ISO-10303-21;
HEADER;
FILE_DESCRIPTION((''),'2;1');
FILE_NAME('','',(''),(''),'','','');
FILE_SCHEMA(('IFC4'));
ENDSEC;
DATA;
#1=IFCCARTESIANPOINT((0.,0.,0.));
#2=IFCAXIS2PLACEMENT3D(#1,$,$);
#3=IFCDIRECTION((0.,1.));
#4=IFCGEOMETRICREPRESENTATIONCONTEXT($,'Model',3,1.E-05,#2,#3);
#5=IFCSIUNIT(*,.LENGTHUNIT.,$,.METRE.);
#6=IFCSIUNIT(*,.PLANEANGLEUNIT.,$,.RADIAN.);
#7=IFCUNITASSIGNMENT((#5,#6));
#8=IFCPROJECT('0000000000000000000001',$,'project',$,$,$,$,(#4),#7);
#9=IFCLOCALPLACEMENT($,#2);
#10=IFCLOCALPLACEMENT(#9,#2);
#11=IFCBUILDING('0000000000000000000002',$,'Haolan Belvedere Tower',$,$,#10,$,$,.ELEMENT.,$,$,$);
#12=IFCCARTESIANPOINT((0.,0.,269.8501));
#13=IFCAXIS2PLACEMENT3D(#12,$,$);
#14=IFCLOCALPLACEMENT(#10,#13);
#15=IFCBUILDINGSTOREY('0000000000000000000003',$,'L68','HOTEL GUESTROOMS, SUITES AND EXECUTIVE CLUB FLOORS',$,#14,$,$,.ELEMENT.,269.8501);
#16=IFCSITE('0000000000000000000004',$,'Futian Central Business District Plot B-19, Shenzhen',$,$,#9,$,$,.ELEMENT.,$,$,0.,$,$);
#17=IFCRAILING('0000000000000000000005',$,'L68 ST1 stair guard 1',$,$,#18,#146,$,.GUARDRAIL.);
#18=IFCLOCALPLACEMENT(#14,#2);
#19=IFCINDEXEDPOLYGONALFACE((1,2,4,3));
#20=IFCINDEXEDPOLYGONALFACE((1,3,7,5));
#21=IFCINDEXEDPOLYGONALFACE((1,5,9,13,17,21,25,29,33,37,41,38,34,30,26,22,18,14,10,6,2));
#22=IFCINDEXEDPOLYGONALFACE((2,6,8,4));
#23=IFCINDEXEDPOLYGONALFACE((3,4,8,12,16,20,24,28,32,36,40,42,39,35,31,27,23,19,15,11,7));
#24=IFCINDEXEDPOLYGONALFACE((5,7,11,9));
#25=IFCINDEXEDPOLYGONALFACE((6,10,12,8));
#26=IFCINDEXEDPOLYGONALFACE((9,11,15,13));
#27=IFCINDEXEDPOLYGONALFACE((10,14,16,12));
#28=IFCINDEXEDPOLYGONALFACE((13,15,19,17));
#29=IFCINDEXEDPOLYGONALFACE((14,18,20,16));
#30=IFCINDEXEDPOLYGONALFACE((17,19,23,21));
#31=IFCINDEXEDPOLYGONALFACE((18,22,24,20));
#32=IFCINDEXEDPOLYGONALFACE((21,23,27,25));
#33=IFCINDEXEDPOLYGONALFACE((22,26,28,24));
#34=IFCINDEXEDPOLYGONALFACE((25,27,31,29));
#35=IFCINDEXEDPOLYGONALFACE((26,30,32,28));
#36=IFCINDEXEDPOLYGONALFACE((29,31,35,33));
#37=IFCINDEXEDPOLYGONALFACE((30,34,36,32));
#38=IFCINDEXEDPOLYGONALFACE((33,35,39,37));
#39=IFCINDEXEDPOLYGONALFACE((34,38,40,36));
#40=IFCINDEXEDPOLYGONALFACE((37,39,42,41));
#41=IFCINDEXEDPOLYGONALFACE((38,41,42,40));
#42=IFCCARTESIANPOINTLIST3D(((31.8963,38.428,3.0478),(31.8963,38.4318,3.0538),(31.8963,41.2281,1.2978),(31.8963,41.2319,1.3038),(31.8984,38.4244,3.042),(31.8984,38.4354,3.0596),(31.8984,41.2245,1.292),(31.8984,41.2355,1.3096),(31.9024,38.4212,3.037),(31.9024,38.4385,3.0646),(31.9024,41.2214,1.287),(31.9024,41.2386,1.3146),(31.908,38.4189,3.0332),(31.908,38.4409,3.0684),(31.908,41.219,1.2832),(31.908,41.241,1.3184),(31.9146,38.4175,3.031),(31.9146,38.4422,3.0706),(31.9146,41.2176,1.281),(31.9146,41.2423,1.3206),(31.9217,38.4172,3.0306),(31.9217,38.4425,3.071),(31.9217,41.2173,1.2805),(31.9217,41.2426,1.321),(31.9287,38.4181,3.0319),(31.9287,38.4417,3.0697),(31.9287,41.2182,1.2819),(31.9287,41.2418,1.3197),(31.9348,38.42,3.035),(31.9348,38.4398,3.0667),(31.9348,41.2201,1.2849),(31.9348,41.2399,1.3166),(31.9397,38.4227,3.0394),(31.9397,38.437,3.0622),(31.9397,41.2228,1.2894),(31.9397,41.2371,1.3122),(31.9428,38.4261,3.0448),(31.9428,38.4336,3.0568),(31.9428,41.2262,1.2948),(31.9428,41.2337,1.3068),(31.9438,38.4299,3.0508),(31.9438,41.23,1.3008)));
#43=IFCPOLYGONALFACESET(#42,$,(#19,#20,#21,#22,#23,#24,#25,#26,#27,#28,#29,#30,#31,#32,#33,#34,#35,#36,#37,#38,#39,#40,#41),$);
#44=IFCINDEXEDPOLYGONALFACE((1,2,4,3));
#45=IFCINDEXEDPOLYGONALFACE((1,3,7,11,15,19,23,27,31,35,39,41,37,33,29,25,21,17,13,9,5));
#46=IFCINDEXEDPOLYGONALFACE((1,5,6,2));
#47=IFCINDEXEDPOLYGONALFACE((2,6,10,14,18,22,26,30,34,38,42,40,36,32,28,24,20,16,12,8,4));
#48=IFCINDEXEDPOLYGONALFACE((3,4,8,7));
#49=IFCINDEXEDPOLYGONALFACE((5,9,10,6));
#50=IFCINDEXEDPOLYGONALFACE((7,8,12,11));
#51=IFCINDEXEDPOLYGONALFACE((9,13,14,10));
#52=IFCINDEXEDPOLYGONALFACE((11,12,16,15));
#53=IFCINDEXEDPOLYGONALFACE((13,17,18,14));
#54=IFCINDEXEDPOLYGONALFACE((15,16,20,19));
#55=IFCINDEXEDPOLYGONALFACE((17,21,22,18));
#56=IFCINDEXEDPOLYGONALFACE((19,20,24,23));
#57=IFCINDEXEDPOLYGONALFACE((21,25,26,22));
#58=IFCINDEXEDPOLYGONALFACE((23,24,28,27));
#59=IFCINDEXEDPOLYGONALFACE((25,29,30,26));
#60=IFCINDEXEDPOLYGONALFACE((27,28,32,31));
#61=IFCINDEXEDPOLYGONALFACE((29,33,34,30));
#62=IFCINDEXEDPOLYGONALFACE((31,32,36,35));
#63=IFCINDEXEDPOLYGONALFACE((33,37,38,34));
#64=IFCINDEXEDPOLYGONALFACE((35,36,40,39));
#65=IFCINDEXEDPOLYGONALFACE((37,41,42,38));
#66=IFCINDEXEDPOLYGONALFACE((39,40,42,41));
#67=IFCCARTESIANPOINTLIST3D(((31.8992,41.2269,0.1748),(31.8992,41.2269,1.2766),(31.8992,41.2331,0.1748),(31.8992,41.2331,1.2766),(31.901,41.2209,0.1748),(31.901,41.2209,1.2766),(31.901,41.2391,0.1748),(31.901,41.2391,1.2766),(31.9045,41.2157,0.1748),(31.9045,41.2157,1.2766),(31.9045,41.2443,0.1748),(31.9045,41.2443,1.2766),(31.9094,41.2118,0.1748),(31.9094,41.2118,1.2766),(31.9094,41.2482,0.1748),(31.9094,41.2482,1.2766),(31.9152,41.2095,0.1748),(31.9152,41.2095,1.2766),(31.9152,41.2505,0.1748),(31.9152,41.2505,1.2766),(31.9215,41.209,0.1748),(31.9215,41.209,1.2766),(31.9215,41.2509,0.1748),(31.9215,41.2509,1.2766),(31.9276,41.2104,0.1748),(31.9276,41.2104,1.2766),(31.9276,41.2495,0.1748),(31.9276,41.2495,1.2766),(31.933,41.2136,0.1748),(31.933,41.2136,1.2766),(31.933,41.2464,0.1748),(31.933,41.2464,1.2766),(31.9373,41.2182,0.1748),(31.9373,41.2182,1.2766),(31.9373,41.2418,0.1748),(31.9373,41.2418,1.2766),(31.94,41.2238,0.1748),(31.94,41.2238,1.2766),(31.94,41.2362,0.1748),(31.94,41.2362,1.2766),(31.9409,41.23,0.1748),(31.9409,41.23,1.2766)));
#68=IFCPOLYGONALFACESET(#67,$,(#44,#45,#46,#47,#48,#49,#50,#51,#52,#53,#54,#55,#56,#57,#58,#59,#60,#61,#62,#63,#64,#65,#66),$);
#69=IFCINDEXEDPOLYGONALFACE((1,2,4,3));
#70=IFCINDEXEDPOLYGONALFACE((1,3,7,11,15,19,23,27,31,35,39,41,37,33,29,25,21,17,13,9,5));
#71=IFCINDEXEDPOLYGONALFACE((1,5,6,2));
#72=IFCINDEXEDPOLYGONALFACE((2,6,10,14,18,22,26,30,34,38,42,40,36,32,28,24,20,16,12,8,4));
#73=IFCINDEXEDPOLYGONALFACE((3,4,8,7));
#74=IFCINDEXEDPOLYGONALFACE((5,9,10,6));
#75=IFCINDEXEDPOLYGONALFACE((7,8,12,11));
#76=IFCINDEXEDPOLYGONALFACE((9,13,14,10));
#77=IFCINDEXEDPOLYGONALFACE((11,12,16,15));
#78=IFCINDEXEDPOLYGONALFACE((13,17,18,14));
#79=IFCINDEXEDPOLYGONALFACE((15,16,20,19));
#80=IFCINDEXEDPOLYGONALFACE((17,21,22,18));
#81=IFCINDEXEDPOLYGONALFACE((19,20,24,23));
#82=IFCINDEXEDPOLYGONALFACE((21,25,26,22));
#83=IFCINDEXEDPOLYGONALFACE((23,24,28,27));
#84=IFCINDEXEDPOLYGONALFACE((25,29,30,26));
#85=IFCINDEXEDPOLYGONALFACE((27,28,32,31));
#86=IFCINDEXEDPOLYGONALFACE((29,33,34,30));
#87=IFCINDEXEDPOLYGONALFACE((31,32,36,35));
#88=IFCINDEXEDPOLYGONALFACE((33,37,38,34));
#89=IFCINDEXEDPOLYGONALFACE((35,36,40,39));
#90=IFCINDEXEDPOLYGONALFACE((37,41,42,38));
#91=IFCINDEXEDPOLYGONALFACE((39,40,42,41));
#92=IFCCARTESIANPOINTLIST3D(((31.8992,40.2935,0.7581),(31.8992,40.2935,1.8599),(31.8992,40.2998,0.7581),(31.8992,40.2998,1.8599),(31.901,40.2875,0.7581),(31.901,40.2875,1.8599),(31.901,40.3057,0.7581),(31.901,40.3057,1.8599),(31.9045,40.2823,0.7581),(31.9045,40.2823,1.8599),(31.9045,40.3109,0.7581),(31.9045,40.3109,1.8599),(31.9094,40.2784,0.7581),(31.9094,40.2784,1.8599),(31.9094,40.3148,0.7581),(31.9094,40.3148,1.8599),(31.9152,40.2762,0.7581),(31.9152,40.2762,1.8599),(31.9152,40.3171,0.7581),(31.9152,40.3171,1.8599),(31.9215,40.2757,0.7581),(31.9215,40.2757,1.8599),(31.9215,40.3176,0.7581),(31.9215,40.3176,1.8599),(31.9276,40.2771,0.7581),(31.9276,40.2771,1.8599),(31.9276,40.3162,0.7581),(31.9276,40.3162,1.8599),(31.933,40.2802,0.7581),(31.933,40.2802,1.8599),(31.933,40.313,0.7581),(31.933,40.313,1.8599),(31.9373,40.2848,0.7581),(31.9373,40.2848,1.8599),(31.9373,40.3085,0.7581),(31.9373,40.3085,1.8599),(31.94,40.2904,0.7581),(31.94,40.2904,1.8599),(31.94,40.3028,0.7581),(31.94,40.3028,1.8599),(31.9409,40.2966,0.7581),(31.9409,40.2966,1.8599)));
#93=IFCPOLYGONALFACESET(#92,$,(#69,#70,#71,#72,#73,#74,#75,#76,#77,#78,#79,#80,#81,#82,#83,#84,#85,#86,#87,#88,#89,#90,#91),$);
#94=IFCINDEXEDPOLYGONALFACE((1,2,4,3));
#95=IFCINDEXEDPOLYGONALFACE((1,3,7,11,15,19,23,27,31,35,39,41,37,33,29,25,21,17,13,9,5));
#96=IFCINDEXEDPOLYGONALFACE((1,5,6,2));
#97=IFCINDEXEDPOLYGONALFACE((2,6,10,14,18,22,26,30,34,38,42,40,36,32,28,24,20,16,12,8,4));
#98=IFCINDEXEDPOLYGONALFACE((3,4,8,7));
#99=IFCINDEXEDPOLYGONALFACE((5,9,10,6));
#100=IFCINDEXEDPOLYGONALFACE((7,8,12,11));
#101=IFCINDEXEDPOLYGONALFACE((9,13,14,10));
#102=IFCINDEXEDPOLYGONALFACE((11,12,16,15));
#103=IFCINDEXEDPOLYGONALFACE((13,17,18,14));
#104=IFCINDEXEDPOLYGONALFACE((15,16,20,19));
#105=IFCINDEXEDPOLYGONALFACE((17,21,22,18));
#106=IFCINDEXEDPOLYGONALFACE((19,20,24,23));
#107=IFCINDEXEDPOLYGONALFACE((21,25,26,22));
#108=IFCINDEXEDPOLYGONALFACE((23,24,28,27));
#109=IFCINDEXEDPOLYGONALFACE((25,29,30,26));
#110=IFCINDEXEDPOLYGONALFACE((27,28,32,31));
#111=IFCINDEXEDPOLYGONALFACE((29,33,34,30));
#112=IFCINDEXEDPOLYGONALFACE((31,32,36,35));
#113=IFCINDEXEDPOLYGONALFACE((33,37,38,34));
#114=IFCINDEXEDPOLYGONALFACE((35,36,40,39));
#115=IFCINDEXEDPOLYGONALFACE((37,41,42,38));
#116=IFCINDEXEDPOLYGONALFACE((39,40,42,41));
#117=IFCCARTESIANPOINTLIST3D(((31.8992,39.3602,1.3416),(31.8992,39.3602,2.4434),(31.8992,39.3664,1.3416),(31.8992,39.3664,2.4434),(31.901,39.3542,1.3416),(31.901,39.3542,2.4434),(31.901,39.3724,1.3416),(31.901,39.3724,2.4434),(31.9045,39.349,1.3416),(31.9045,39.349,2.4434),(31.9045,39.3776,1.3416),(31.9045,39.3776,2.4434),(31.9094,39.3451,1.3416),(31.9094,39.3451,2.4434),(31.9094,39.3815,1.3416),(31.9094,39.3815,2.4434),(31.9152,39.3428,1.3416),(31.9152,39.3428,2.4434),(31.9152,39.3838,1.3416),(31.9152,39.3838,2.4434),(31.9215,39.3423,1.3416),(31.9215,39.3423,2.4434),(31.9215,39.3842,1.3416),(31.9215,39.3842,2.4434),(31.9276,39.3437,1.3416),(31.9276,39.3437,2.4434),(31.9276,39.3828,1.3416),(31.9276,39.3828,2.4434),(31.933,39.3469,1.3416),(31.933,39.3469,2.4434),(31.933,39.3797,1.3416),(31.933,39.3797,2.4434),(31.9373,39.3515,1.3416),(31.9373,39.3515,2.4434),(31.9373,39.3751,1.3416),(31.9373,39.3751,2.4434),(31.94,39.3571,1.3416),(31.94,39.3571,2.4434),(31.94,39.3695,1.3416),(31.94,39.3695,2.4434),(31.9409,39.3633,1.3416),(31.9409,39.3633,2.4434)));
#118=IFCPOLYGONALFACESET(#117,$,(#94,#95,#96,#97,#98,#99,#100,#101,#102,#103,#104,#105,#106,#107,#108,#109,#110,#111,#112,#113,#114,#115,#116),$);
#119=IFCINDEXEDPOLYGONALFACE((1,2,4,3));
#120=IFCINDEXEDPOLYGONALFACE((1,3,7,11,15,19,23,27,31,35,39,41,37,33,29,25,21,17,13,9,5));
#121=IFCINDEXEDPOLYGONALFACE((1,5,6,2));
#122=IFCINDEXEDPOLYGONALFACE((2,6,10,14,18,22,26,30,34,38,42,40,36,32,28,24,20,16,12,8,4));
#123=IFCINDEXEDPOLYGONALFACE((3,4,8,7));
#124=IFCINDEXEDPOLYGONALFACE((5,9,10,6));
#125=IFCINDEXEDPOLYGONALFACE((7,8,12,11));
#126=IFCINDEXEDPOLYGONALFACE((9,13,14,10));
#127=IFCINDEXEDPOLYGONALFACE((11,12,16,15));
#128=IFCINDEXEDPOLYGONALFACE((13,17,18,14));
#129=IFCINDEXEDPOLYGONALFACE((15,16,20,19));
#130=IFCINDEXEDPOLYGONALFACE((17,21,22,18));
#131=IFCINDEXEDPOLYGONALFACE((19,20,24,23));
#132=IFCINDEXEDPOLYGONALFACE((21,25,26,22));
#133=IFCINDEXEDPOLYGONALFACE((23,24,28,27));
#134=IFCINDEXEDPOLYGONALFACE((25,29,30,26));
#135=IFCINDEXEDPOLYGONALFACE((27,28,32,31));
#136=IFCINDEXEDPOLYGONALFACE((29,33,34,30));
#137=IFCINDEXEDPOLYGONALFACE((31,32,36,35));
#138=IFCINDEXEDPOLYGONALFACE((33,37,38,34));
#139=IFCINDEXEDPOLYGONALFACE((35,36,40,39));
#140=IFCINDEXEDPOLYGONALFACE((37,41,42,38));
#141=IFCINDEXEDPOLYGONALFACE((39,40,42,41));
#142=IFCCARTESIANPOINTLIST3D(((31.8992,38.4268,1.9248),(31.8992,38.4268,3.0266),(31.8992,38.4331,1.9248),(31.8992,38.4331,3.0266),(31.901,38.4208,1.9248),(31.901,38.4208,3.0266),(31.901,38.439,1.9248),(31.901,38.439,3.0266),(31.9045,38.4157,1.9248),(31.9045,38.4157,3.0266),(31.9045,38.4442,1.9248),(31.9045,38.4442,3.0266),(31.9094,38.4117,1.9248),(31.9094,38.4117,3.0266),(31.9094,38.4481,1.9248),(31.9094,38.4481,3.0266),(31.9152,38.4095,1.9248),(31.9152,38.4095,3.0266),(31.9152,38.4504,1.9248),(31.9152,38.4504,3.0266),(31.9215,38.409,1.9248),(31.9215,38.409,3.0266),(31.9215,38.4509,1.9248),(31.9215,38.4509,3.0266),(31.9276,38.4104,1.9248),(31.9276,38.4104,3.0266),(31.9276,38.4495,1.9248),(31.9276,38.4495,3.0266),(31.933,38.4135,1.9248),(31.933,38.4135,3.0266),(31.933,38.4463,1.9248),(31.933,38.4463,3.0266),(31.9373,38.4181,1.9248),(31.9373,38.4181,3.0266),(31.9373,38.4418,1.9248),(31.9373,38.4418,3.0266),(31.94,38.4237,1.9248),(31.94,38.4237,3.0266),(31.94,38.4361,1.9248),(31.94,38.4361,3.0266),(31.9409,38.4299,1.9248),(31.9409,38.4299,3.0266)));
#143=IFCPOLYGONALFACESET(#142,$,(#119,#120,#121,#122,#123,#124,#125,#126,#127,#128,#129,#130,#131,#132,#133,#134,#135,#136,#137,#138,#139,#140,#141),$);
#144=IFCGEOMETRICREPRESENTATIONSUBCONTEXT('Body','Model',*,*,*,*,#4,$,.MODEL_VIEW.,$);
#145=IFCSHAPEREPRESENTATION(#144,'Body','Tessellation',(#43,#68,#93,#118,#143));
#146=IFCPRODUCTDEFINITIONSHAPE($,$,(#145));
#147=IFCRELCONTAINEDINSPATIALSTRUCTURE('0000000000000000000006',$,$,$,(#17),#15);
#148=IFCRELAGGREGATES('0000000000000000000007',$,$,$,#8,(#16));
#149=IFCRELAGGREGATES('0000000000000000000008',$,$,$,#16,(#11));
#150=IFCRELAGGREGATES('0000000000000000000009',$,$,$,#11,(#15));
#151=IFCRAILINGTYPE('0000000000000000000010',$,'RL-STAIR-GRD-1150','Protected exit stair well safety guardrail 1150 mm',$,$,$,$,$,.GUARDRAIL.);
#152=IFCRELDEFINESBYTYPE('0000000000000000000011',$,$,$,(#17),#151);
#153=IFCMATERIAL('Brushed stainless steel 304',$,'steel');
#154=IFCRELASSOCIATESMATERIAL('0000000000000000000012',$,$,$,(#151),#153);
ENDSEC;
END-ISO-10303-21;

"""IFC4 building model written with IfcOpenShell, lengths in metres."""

from ifc_helpers import new_model, si_unit, direction, frame, origin, origin_2d, place, context, subcontext, project, spatial, circle, extrude, material, type_object, element, save


model = new_model("IFC4")

# Units and contexts
model_context = context("Model", 3, precision=1e-05, world=origin(), true_north=direction((0.0, 1.0)))
body_context = subcontext(model_context, "Body", "Model", "MODEL_VIEW")
ifc_project = project(units=[si_unit("LENGTHUNIT", "METRE"), si_unit("PLANEANGLEUNIT", "RADIAN")], contexts=[model_context])

# Site, building, storey
site_placement = place(None, origin())
site = spatial("IfcSite", under=ifc_project, at=site_placement, Name="Futian Central Business District Plot B-19, Shenzhen", CompositionType="ELEMENT", RefElevation=0.0)
building_placement = place(site_placement, origin())
building = spatial("IfcBuilding", under=site, at=building_placement, Name="Haolan Belvedere Tower", CompositionType="ELEMENT")
storey_placement = place(building_placement, frame((0.0, 0.0, 269.8501)))
storey = spatial("IfcBuildingStorey", under=building, at=storey_placement, Name="L68", Description="HOTEL GUESTROOMS, SUITES AND EXECUTIVE CLUB FLOORS", CompositionType="ELEMENT", Elevation=269.8501)

# Railing
ifc_material_1 = material(Name="Brushed stainless steel 304", Category="steel")
railing_type_1 = type_object("IfcRailingType", Name="RL-STAIR-GRD-1150", Description="Protected exit stair well safety guardrail 1150 mm", PredefinedType="GUARDRAIL", material=ifc_material_1)
railing_1_placement = place(storey_placement, frame((31.9199, 41.23, 0.1748)))
element("IfcRailing", 1, at=railing_1_placement, inside=storey, type_object=railing_type_1, Name="L68 ST1 stair guard 1", PredefinedType="GUARDRAIL", context=body_context, shape_type="SweptSolid", body=[
    extrude(circle(Radius=0.0239, at=origin_2d()), frame((0.0, 0.0, 1.126), z_axis=(0.0, -0.848002, 0.529992), x_axis=(1.0, 0.0, 0.0)), (0.0, 0.0, 1.0), 3.302),
    extrude(circle(Radius=0.021, at=origin_2d()), origin(), (0.0, 0.0, 1.0), 1.1018),
    extrude(circle(Radius=0.021, at=origin_2d()), frame((0.0, -0.9333, 0.5833)), (0.0, 0.0, 1.0), 1.1018),
    extrude(circle(Radius=0.021, at=origin_2d()), frame((0.0, -1.8667, 1.1667)), (0.0, 0.0, 1.0), 1.1018),
    extrude(circle(Radius=0.021, at=origin_2d()), frame((0.0, -2.8, 1.75)), (0.0, 0.0, 1.0), 1.1018),
])

save(model, "model.ifc")
